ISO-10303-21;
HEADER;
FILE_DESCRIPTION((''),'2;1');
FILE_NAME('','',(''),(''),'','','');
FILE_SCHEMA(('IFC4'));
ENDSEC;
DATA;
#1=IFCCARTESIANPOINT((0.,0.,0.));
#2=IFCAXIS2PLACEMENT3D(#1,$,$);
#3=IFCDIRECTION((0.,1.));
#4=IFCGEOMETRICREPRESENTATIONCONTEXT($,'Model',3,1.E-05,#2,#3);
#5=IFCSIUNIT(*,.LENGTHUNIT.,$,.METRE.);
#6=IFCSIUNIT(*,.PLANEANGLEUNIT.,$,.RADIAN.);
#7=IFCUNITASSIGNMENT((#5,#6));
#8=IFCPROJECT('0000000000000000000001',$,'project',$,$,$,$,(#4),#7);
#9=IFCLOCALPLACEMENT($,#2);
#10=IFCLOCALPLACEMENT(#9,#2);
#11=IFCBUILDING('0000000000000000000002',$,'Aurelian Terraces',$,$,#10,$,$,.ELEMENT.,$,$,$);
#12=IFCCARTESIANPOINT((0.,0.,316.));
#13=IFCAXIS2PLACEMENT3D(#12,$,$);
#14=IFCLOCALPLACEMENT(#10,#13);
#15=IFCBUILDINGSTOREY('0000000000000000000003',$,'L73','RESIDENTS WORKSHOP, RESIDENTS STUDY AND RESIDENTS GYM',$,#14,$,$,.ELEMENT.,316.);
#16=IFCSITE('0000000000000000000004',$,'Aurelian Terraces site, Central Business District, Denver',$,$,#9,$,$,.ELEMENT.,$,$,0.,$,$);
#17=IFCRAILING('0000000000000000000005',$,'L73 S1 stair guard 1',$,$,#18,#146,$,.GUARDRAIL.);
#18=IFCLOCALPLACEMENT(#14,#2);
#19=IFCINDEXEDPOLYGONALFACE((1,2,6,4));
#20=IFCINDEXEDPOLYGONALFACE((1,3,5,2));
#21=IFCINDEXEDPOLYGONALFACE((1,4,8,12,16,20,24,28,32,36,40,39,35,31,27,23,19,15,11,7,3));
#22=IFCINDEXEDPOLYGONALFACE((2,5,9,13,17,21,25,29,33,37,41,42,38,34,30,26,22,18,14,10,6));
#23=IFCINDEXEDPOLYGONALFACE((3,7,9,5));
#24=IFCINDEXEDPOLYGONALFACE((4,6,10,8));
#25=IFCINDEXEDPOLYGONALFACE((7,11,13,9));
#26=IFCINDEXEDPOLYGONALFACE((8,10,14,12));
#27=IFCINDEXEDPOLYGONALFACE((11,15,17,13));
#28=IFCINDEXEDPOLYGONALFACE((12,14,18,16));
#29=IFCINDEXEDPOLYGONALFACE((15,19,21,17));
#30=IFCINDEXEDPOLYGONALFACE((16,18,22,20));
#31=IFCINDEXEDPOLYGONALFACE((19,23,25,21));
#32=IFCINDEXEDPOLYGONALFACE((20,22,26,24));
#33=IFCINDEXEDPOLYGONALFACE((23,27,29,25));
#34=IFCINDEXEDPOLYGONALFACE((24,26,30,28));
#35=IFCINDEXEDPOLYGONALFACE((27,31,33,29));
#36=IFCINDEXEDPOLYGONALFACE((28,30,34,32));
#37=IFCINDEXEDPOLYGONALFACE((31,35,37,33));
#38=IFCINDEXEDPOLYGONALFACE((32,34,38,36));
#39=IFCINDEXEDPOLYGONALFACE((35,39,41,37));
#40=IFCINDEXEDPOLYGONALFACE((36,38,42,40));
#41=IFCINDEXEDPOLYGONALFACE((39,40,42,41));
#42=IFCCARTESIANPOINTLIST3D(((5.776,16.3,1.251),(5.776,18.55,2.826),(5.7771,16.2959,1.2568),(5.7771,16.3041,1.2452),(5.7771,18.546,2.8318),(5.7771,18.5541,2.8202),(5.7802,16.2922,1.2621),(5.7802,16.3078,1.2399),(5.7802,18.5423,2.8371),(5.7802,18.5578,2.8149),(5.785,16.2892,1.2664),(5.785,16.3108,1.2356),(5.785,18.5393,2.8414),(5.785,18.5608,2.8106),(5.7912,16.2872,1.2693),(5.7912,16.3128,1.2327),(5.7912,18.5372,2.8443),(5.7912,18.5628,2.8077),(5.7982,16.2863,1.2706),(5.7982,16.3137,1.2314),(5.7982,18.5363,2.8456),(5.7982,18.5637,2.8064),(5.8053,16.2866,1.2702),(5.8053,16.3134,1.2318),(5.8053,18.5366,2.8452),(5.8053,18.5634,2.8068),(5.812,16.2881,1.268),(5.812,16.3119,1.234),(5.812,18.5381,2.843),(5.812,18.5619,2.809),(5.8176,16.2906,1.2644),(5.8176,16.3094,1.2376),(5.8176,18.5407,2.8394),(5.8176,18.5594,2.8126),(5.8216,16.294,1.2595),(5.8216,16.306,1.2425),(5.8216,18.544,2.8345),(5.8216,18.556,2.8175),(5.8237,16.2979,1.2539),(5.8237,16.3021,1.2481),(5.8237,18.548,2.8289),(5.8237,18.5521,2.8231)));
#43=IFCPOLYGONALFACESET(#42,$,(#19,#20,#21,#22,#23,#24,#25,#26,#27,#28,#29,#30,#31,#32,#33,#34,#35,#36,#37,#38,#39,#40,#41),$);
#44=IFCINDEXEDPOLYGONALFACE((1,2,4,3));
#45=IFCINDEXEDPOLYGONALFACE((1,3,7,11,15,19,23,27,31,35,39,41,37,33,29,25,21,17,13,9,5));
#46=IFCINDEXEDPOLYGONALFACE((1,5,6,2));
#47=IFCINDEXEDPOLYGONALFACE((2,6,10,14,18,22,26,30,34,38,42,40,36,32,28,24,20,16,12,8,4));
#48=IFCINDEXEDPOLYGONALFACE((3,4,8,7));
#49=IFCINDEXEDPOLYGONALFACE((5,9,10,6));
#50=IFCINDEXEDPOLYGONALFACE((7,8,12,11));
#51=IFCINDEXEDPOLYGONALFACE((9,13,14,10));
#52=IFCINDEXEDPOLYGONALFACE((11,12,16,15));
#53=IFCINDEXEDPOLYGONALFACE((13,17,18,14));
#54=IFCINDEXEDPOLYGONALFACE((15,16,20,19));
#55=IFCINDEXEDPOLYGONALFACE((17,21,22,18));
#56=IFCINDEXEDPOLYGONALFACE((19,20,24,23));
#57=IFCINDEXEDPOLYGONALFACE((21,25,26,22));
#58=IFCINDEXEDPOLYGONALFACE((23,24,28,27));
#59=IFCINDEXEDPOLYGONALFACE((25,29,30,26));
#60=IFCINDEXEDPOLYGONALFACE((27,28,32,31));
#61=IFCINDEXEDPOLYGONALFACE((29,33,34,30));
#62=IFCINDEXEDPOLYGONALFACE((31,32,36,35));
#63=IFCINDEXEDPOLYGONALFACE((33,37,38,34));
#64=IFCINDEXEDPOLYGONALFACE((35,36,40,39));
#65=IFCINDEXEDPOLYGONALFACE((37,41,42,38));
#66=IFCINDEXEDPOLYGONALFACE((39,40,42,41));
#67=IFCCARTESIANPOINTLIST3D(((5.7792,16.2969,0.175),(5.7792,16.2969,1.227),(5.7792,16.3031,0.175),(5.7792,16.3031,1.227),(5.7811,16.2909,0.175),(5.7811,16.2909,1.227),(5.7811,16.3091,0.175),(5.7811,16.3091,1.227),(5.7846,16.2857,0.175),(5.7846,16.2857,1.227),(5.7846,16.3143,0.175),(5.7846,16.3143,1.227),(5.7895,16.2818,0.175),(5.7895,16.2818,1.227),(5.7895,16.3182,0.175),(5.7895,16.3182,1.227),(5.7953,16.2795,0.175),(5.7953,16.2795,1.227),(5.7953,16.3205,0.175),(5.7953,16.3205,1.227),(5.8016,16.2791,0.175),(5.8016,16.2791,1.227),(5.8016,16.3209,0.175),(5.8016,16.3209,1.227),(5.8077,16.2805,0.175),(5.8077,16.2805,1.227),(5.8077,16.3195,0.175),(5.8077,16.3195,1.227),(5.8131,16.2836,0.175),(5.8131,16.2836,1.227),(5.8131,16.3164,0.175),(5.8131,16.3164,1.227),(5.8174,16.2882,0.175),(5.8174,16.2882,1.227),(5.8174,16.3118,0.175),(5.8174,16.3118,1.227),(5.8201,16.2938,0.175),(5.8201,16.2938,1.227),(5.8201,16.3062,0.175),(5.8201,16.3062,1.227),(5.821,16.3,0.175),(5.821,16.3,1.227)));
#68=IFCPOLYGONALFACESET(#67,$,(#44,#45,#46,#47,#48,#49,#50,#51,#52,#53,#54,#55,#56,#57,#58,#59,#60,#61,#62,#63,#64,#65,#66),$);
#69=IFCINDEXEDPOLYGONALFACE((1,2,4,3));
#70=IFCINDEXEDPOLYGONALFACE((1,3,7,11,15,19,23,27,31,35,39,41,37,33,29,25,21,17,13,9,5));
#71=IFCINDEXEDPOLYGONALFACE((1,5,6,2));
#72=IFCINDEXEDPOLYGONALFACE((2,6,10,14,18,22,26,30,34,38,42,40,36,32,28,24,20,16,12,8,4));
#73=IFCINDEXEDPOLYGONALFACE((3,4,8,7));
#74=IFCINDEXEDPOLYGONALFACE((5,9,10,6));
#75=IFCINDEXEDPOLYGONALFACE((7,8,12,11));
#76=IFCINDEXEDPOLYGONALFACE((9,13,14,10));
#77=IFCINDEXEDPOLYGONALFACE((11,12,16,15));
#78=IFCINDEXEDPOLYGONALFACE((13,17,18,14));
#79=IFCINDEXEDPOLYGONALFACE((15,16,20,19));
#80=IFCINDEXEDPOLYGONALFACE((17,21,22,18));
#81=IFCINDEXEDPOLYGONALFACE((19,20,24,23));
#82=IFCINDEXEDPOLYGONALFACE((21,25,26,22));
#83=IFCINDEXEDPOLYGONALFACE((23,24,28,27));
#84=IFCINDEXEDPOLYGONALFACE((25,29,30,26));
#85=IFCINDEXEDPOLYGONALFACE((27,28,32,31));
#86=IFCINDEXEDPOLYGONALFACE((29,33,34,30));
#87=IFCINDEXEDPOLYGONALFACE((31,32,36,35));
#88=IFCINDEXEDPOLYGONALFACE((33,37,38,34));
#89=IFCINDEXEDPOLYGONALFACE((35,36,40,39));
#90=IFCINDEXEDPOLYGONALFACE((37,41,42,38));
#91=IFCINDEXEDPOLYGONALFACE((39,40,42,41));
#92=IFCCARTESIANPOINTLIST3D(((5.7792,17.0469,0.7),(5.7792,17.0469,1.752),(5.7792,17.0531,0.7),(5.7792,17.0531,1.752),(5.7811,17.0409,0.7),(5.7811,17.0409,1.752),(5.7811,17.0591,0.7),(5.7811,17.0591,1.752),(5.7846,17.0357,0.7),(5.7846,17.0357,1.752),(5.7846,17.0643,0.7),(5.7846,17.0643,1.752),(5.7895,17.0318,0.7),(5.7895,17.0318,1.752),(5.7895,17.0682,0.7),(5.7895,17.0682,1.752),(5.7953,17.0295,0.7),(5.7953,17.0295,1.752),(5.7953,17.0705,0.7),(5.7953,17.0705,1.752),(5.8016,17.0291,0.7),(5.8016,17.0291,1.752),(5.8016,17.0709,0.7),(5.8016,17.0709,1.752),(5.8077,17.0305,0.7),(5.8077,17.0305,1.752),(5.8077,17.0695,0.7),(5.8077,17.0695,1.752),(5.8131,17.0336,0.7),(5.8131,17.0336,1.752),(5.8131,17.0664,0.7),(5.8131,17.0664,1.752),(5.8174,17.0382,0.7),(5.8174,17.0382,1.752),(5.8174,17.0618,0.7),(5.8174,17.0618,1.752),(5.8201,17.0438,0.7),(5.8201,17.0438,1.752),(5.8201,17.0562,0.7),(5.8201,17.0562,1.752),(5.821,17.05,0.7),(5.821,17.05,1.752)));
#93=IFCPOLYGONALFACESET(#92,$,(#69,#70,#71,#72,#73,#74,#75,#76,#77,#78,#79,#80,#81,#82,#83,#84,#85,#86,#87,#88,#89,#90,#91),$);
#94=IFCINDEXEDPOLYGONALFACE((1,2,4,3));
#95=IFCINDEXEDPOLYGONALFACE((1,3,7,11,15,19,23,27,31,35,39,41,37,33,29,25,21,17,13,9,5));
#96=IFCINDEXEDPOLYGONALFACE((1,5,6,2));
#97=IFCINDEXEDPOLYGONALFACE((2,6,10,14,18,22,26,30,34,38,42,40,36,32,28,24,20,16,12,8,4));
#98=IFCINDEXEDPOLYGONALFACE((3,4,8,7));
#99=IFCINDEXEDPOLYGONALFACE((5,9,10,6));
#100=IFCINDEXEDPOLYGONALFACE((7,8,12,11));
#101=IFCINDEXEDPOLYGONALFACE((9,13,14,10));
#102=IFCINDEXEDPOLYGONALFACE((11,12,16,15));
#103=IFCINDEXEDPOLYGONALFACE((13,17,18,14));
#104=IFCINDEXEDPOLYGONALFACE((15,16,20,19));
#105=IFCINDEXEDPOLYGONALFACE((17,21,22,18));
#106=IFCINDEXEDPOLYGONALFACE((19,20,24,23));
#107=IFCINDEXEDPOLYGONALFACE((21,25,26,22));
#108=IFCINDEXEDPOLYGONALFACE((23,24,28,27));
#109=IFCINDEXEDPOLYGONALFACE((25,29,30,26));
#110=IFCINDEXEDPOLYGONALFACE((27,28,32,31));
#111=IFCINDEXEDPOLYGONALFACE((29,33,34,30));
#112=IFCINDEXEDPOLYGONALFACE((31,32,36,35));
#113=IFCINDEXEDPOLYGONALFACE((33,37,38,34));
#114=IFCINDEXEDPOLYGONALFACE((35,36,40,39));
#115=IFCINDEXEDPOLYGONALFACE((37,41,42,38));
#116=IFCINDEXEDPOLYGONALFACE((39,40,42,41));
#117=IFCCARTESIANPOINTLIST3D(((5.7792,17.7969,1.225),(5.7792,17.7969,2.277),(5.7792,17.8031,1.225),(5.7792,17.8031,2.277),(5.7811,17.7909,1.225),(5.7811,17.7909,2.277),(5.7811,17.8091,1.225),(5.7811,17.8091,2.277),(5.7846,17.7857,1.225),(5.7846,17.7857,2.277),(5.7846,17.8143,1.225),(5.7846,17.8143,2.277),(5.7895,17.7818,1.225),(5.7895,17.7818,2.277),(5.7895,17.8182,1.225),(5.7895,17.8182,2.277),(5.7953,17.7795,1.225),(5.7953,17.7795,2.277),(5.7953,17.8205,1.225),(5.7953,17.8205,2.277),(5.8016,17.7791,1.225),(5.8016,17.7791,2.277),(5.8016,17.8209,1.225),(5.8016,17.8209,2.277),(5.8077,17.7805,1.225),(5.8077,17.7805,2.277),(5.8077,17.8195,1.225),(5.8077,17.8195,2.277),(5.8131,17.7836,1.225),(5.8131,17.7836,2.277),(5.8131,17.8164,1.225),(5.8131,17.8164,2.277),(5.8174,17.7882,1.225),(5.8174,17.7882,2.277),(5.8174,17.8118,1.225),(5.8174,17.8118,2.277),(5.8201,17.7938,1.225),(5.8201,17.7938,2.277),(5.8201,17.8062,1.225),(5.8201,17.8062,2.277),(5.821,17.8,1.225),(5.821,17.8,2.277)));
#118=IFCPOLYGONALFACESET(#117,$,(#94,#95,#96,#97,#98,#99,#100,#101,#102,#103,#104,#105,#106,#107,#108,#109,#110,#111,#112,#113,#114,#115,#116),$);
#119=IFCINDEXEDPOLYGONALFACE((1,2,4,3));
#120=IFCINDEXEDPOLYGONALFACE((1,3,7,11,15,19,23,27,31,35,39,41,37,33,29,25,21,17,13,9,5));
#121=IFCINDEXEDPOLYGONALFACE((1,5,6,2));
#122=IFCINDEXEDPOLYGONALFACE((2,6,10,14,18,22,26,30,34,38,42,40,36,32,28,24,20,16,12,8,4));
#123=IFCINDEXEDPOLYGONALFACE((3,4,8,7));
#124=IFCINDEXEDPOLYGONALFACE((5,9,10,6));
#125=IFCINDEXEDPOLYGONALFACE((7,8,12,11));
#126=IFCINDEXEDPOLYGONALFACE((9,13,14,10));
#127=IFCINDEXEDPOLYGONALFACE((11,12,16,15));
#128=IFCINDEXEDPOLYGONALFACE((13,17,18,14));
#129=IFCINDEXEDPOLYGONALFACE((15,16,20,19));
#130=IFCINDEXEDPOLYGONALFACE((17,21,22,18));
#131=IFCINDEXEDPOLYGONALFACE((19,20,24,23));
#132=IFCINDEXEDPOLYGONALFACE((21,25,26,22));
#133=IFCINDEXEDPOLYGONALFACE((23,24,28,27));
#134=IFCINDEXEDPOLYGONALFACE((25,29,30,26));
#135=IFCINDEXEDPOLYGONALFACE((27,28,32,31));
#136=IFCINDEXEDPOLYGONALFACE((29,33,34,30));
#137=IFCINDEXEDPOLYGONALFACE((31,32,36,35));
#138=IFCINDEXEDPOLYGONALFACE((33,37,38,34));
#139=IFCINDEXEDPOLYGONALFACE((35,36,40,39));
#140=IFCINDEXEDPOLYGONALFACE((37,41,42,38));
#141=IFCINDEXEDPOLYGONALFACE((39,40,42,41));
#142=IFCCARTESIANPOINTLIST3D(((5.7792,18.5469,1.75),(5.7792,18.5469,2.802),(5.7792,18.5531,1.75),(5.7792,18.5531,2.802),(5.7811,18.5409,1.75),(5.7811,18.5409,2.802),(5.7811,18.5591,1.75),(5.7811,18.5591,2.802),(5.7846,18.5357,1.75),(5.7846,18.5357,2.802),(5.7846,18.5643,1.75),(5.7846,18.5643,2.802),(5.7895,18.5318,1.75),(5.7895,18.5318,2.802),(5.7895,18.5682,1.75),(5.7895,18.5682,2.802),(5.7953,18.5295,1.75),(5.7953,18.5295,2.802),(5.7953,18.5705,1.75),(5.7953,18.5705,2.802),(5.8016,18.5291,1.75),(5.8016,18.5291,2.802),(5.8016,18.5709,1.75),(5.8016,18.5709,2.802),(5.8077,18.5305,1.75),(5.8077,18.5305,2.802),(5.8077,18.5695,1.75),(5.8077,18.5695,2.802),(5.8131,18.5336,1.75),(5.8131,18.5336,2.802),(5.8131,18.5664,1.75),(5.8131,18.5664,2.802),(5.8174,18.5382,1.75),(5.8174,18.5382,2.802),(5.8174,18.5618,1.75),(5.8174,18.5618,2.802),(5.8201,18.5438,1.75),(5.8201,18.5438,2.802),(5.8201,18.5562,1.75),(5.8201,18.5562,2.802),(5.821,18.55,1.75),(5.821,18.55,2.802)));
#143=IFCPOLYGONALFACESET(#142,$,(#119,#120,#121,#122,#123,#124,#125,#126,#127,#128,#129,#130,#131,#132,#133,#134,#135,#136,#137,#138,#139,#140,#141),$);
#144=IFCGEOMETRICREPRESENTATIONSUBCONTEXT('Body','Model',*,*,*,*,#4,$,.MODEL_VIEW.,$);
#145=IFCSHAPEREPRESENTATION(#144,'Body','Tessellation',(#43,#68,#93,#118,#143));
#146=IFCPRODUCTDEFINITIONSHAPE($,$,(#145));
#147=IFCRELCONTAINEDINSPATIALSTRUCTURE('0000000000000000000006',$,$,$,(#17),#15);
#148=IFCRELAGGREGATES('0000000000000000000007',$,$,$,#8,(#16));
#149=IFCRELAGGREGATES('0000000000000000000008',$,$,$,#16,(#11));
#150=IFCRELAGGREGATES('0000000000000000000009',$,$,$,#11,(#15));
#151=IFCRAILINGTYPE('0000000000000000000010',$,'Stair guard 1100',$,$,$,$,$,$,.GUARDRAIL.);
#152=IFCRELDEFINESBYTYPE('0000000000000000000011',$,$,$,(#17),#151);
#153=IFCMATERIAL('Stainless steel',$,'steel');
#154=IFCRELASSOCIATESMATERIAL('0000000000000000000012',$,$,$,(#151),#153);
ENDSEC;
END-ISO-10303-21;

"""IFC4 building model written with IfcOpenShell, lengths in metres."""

from ifc_helpers import new_model, si_unit, direction, frame, origin, origin_2d, place, context, subcontext, project, spatial, circle, extrude, source, transform, mapped, material, type_object, element, save


model = new_model("IFC4")

# Units and contexts
model_context = context("Model", 3, precision=1e-05, world=origin(), true_north=direction((0.0, 1.0)))
body_context = subcontext(model_context, "Body", "Model", "MODEL_VIEW")
ifc_project = project(units=[si_unit("LENGTHUNIT", "METRE"), si_unit("PLANEANGLEUNIT", "RADIAN")], contexts=[model_context])

# Site, building, storey
site_placement = place(None, origin())
site = spatial("IfcSite", under=ifc_project, at=site_placement, Name="Aurelian Terraces site, Central Business District, Denver", CompositionType="ELEMENT", RefElevation=0.0)
building_placement = place(site_placement, origin())
building = spatial("IfcBuilding", under=site, at=building_placement, Name="Aurelian Terraces", CompositionType="ELEMENT")
storey_placement = place(building_placement, frame((0.0, 0.0, 316.0)))
storey = spatial("IfcBuildingStorey", under=building, at=storey_placement, Name="L73", Description="RESIDENTS WORKSHOP, RESIDENTS STUDY AND RESIDENTS GYM", CompositionType="ELEMENT", Elevation=316.0)

# Railing
ifc_material_1 = material(Name="Stainless steel", Category="steel")
railing_type_1 = type_object("IfcRailingType", Name="Stair guard 1100", PredefinedType="GUARDRAIL", material=ifc_material_1)
shared_shape_1 = source(origin(), body_context, "Body", "SweptSolid", [
    extrude(circle(Radius=0.024, at=origin_2d()), frame((0.0, 0.0, 1.076), z_axis=(0.0, 0.819232, 0.573462), x_axis=(-1.0, 0.0, 0.0)), (0.0, 0.0, 1.0), 2.7465),
    extrude(circle(Radius=0.021, at=origin_2d()), origin(), (0.0, 0.0, 1.0), 1.052),
    extrude(circle(Radius=0.021, at=origin_2d()), frame((0.0, 0.75, 0.525)), (0.0, 0.0, 1.0), 1.052),
    extrude(circle(Radius=0.021, at=origin_2d()), frame((0.0, 1.5, 1.05)), (0.0, 0.0, 1.0), 1.052),
    extrude(circle(Radius=0.021, at=origin_2d()), frame((0.0, 2.25, 1.575)), (0.0, 0.0, 1.0), 1.052),
])
railing_1_placement = place(storey_placement, frame((5.8, 16.3, 0.175)))
element("IfcRailing", 1, at=railing_1_placement, inside=storey, type_object=railing_type_1, Name="L73 S1 stair guard 1", PredefinedType="GUARDRAIL", context=body_context, shape_type="MappedRepresentation", body=[
    mapped(shared_shape_1, transform((0.0, 0.0, 0.0), scale=1.0)),
])

save(model, "model.ifc")
